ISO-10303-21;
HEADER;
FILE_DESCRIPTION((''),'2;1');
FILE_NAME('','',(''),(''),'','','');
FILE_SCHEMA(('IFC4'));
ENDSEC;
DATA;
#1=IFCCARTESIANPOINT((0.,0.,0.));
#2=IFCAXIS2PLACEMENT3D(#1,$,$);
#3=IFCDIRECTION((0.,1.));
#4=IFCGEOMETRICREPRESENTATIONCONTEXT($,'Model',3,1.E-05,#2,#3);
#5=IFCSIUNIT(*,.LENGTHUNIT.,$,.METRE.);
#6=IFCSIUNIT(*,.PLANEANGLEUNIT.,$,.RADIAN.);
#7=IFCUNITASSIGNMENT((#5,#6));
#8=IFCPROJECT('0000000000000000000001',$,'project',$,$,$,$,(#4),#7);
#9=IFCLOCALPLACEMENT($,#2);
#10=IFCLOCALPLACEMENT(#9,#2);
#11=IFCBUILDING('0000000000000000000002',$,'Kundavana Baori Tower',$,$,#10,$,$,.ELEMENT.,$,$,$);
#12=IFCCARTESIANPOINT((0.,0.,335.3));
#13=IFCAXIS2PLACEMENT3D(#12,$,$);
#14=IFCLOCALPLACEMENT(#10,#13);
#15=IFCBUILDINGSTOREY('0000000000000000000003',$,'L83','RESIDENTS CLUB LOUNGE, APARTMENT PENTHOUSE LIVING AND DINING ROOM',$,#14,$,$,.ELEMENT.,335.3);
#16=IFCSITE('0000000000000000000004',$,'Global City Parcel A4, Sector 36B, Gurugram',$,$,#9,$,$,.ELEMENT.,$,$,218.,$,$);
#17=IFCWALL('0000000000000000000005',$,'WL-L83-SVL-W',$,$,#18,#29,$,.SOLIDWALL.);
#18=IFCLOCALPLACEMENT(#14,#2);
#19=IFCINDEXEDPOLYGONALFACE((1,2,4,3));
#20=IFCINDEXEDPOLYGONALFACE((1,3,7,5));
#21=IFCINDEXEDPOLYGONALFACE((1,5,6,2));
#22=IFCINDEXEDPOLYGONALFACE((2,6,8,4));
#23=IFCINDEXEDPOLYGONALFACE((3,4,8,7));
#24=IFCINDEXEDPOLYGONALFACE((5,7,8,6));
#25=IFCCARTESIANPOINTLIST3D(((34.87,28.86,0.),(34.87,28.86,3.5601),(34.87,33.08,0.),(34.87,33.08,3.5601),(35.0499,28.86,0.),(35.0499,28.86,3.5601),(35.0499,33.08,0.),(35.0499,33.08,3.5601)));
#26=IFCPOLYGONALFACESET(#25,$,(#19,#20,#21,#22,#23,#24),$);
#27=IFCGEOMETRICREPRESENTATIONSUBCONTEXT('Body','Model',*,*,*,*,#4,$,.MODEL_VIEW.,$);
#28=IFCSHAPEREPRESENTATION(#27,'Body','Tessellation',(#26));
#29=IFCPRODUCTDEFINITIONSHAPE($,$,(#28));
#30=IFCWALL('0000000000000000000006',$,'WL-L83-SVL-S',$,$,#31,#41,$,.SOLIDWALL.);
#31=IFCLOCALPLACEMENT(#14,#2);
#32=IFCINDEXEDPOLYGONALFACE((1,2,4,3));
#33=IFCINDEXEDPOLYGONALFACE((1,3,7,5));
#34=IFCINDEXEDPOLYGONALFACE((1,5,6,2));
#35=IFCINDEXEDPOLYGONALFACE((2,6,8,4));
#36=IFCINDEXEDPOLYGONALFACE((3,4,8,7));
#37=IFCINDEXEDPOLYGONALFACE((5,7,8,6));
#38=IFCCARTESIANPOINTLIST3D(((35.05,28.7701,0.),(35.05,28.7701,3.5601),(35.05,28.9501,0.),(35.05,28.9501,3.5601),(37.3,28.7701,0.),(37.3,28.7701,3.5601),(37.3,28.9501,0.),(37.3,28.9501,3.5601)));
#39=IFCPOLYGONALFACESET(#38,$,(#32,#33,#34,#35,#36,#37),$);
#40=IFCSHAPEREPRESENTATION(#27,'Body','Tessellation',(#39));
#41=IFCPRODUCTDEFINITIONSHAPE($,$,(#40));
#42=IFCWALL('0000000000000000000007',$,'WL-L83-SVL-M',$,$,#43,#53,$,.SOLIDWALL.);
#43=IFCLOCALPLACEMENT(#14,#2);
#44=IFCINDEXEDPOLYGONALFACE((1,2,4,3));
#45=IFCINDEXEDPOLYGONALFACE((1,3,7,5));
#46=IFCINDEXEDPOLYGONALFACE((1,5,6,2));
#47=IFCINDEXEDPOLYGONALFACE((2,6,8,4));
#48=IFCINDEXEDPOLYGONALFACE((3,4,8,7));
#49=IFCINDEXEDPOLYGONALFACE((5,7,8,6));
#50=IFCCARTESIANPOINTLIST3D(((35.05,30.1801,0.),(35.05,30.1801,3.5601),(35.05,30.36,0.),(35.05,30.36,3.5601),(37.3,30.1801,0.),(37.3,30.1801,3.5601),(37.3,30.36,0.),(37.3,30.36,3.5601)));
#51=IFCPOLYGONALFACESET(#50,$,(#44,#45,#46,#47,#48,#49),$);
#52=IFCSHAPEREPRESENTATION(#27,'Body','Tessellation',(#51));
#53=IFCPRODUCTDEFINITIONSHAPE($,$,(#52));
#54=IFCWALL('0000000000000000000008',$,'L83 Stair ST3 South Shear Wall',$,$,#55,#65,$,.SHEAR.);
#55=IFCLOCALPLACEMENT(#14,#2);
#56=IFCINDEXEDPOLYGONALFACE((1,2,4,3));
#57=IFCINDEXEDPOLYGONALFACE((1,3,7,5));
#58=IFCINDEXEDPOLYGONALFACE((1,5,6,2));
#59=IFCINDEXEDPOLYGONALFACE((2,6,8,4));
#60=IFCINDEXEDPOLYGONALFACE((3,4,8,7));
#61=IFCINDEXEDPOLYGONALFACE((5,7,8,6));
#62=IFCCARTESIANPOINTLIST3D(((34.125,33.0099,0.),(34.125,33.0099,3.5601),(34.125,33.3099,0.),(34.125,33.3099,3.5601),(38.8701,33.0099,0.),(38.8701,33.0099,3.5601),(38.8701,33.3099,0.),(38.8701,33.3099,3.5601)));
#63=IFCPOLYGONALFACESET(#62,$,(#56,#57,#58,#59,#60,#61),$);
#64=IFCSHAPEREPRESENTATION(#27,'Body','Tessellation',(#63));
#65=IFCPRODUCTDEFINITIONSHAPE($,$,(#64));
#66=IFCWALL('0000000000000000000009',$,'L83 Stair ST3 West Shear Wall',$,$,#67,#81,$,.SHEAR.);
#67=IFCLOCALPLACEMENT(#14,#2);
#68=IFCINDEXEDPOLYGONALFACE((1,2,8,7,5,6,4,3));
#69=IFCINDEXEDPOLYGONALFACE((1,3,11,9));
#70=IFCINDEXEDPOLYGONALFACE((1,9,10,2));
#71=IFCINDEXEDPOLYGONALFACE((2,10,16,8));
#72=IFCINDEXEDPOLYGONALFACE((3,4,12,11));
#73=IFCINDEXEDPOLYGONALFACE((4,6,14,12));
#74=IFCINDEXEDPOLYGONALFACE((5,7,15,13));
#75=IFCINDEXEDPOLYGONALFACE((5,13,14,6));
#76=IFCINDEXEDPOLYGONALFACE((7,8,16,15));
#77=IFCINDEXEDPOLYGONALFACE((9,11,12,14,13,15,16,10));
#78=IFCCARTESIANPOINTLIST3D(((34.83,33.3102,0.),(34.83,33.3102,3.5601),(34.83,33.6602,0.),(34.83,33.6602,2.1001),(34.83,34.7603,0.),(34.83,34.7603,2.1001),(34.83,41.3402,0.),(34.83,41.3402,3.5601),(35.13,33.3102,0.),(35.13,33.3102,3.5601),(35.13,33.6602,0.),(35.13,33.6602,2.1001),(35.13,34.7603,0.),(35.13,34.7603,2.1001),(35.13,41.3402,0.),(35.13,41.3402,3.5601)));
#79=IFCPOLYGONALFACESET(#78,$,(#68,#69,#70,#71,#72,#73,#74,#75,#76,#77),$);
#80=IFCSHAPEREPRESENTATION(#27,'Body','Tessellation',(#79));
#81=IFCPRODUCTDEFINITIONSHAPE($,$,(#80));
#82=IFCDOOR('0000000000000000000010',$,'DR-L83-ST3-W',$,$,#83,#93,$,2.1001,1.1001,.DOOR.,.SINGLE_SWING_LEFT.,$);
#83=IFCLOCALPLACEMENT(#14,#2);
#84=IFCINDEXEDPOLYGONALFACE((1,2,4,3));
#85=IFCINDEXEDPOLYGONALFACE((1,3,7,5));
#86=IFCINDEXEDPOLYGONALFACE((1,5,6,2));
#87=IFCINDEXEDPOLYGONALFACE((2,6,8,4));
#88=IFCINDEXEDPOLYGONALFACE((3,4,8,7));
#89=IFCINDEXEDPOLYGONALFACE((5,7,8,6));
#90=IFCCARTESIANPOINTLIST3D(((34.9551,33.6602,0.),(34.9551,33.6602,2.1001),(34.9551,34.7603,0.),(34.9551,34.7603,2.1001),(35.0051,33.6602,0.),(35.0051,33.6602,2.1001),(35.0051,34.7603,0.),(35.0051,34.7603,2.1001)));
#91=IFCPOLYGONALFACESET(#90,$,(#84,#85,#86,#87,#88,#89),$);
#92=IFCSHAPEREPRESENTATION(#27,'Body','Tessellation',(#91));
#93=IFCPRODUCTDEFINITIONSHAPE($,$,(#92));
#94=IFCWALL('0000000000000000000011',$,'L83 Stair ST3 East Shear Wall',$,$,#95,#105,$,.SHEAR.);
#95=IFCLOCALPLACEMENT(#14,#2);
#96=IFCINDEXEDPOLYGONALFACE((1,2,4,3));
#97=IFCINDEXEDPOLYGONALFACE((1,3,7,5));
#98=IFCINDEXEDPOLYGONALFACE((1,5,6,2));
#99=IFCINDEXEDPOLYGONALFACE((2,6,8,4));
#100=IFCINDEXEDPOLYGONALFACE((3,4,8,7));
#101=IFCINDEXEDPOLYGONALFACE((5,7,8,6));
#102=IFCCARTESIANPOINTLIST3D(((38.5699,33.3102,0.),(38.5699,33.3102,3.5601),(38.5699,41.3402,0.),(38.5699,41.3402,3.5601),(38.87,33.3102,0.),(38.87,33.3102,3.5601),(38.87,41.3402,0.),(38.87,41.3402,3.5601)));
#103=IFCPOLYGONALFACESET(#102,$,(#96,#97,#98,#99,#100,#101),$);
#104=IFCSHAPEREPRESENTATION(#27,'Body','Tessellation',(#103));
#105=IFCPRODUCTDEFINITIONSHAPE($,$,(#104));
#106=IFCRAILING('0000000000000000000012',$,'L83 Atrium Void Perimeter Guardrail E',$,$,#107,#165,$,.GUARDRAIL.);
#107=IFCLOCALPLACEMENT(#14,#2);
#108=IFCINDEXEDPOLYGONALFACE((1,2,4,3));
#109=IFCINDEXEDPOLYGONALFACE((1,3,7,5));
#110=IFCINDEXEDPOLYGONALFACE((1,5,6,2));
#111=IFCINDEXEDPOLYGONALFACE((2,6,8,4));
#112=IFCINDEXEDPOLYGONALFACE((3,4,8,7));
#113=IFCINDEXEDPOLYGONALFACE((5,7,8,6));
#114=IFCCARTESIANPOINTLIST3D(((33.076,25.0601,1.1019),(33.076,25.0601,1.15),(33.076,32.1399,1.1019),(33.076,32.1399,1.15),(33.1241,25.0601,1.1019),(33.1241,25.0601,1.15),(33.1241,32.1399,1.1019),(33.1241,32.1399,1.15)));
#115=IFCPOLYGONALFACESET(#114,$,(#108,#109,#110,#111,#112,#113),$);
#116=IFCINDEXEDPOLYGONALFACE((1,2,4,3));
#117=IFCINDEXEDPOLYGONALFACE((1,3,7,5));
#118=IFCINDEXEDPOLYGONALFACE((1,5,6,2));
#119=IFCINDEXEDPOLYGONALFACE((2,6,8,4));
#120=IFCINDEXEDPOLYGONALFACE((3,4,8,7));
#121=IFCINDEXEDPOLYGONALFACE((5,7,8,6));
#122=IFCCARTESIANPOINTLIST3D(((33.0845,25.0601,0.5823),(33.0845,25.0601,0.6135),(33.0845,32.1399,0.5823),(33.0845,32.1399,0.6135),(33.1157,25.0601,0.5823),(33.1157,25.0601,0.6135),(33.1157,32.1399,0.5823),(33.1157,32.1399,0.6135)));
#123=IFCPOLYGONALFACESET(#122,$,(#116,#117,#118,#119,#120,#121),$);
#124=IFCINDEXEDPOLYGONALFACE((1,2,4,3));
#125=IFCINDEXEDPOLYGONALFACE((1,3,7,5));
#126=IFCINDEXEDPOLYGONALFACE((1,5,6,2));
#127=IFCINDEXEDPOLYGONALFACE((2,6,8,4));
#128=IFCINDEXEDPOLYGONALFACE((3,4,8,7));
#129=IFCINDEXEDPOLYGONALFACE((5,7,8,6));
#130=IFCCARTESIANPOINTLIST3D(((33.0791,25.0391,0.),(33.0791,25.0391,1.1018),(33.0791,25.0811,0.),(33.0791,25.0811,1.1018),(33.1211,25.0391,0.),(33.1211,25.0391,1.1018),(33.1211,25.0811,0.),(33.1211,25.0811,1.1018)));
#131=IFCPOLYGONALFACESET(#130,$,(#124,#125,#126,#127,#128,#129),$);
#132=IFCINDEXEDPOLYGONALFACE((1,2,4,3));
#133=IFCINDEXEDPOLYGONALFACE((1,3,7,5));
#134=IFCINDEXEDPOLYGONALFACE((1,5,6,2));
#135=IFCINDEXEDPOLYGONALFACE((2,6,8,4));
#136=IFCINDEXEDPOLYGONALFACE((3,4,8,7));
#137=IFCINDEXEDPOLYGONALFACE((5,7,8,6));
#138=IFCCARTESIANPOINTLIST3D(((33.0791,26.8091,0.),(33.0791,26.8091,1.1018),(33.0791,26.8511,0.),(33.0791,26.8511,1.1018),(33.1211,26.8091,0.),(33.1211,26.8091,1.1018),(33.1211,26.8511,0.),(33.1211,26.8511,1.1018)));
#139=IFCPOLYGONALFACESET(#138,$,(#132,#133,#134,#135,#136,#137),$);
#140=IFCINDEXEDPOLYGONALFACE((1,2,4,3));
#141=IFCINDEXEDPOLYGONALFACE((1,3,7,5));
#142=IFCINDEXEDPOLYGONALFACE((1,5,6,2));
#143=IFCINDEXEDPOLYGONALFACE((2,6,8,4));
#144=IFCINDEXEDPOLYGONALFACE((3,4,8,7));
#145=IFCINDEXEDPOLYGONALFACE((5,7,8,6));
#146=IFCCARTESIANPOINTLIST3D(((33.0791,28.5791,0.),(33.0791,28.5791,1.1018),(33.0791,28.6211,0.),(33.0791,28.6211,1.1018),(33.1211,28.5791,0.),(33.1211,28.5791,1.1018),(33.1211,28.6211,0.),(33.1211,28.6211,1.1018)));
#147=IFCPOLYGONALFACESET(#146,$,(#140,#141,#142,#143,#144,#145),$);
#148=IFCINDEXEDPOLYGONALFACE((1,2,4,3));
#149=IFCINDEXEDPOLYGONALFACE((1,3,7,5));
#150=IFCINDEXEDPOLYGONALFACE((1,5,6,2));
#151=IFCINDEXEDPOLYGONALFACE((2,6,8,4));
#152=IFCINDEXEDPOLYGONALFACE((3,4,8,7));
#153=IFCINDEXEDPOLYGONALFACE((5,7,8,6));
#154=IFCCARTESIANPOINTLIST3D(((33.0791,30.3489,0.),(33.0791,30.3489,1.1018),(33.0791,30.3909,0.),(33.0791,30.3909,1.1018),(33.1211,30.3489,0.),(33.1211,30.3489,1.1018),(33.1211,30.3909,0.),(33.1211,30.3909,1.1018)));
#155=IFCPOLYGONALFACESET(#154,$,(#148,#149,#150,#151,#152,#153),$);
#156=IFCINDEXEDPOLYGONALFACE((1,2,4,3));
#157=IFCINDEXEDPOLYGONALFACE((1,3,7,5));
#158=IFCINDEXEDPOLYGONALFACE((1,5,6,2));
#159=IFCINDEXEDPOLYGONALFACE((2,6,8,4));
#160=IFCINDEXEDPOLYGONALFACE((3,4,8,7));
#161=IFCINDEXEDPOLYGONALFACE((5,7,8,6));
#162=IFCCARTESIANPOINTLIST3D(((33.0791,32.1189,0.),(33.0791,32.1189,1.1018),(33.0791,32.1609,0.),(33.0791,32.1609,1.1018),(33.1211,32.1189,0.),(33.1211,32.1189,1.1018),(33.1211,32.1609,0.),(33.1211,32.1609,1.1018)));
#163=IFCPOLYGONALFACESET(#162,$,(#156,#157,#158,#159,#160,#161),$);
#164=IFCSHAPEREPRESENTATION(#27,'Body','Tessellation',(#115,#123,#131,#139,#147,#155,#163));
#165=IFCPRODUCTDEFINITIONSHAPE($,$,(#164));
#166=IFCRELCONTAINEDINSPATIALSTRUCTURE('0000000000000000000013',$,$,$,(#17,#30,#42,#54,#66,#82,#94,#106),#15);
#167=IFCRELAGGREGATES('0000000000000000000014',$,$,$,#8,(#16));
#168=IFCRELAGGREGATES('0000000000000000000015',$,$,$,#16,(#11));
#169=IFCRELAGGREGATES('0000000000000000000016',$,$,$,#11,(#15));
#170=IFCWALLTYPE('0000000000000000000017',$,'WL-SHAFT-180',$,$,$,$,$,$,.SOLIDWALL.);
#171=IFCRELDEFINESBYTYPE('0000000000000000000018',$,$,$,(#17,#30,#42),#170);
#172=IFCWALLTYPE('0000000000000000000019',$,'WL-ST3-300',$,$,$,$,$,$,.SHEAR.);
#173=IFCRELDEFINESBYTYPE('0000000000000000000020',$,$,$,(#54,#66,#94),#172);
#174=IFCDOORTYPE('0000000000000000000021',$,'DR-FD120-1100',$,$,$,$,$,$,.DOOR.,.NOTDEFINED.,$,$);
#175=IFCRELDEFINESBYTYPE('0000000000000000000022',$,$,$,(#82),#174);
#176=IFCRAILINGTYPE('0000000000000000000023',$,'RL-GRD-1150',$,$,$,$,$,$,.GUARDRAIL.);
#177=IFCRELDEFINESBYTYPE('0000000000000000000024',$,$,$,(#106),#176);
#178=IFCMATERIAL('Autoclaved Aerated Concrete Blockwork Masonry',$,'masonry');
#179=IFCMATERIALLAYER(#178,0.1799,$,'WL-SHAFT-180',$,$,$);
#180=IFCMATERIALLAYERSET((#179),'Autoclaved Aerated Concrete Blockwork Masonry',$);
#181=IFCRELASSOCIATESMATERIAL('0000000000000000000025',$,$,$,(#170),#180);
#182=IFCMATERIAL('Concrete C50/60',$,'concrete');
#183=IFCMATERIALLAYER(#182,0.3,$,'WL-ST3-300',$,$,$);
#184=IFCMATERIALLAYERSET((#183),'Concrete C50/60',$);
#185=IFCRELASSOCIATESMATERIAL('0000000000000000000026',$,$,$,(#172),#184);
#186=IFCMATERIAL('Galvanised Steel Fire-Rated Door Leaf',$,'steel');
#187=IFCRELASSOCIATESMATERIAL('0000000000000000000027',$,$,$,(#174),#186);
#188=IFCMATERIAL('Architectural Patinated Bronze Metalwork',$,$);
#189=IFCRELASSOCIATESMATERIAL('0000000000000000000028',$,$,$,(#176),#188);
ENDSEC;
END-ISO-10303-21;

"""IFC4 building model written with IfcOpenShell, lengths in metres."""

from ifc_helpers import new_model, si_unit, direction, frame, frame_2d, origin, origin_2d, place, context, subcontext, project, spatial, rectangle, extrude, material, layer, layer_set, type_object, element, fill, save


model = new_model("IFC4")

# Units and contexts
model_context = context("Model", 3, precision=1e-05, world=origin(), true_north=direction((0.0, 1.0)))
body_context = subcontext(model_context, "Body", "Model", "MODEL_VIEW")
ifc_project = project(units=[si_unit("LENGTHUNIT", "METRE"), si_unit("PLANEANGLEUNIT", "RADIAN")], contexts=[model_context])

# Site, building, storey
site_placement = place(None, origin())
site = spatial("IfcSite", under=ifc_project, at=site_placement, Name="Global City Parcel A4, Sector 36B, Gurugram", CompositionType="ELEMENT", RefElevation=218.0)
building_placement = place(site_placement, origin())
building = spatial("IfcBuilding", under=site, at=building_placement, Name="Kundavana Baori Tower", CompositionType="ELEMENT")
storey_placement = place(building_placement, frame((0.0, 0.0, 335.3)))
storey = spatial("IfcBuildingStorey", under=building, at=storey_placement, Name="L83", Description="RESIDENTS CLUB LOUNGE, APARTMENT PENTHOUSE LIVING AND DINING ROOM", CompositionType="ELEMENT", Elevation=335.3)

# Wall
ifc_material_1 = material(Name="Autoclaved Aerated Concrete Blockwork Masonry", Category="masonry")
ifc_layer_1 = layer(ifc_material_1, 0.1799, Name="WL-SHAFT-180")
ifc_layer_set_1 = layer_set([ifc_layer_1], Name="Autoclaved Aerated Concrete Blockwork Masonry")
wall_type_1 = type_object("IfcWallType", Name="WL-SHAFT-180", PredefinedType="SOLIDWALL", material=ifc_layer_set_1)
wall_1_placement = place(storey_placement, frame((34.96, 28.8601, 0.0), z_axis=(0.0, 0.0, 1.0), x_axis=(0.0, 1.0, 0.0)))
element("IfcWall", 1, at=wall_1_placement, inside=storey, type_object=wall_type_1, Name="WL-L83-SVL-W", PredefinedType="SOLIDWALL", context=body_context, shape_type="SweptSolid", body=[
    extrude(rectangle(XDim=4.22, YDim=0.1799, at=frame_2d((2.1099, 0.0))), origin(), (0.0, 0.0, 1.0), 3.5601),
])

# Walls
for number, where, z_axis, x_axis, name in (
    (2, (35.05, 28.8601, 0.0), (0.0, 0.0, 1.0), (1.0, 0.0, 0.0), "WL-L83-SVL-S"),
    (3, (35.05, 30.27, 0.0), (0.0, 0.0, 1.0), (1.0, 0.0, 0.0), "WL-L83-SVL-M"),
):
    element("IfcWall", number, at=place(storey_placement, frame(where, z_axis=z_axis, x_axis=x_axis)), inside=storey, type_object=wall_type_1, Name=name, PredefinedType="SOLIDWALL", context=body_context, shape_type="SweptSolid", body=[
        extrude(rectangle(XDim=2.25, YDim=0.1799, at=frame_2d((1.125, 0.0))), origin(), (0.0, 0.0, 1.0), 3.5601),
    ])
ifc_material_2 = material(Name="Concrete C50/60", Category="concrete")
ifc_layer_2 = layer(ifc_material_2, 0.3, Name="WL-ST3-300")
ifc_layer_set_2 = layer_set([ifc_layer_2], Name="Concrete C50/60")
wall_type_2 = type_object("IfcWallType", Name="WL-ST3-300", PredefinedType="SHEAR", material=ifc_layer_set_2)
wall_2_placement = place(storey_placement, frame((34.125, 33.1599, 0.0), z_axis=(0.0, 0.0, 1.0), x_axis=(1.0, 0.0, 0.0)))
element("IfcWall", 4, at=wall_2_placement, inside=storey, type_object=wall_type_2, Name="L83 Stair ST3 South Shear Wall", PredefinedType="SHEAR", context=body_context, shape_type="SweptSolid", body=[
    extrude(rectangle(XDim=4.7451, YDim=0.3, at=frame_2d((2.3726, 0.0))), origin(), (0.0, 0.0, 1.0), 3.5601),
])

# Wall, opening, door
wall_3_placement = place(storey_placement, frame((34.98, 33.3101, 0.0), z_axis=(0.0, 0.0, 1.0), x_axis=(0.0, 1.0, 0.0)))
wall_3 = element("IfcWall", 5, at=wall_3_placement, inside=storey, type_object=wall_type_2, Name="L83 Stair ST3 West Shear Wall", PredefinedType="SHEAR", context=body_context, shape_type="SweptSolid", body=[
    extrude(rectangle(XDim=8.03, YDim=0.3, at=frame_2d((4.0151, 0.0))), origin(), (0.0, 0.0, 1.0), 3.5601),
])
opening_1_placement = place(wall_3_placement, frame((0.3501, 0.0, 0.0)))
opening_1 = element("IfcOpeningElement", 6, at=opening_1_placement, cuts=wall_3, PredefinedType="OPENING", context=body_context, shape_type="SweptSolid", body=[
    extrude(rectangle(XDim=1.1001, YDim=2.1001, at=frame_2d((0.55, 1.05))), frame((0.0, 0.1602, 0.0), z_axis=(0.0, -1.0, 0.0), x_axis=(1.0, 0.0, 0.0)), (0.0, 0.0, 1.0), 0.3201),
])
ifc_material_3 = material(Name="Galvanised Steel Fire-Rated Door Leaf", Category="steel")
door_type_1 = type_object("IfcDoorType", Name="DR-FD120-1100", OperationType="NOTDEFINED", PredefinedType="DOOR", material=ifc_material_3)
door_1_placement = place(opening_1_placement, origin())
door_1 = element("IfcDoor", 7, at=door_1_placement, inside=storey, type_object=door_type_1, Name="DR-L83-ST3-W", OperationType="SINGLE_SWING_LEFT", OverallHeight=2.1001, OverallWidth=1.1001, PredefinedType="DOOR", context=body_context, shape_type="SweptSolid", body=[
    extrude(rectangle(XDim=1.1001, YDim=2.1001, at=frame_2d((0.55, 1.05))), frame((0.0, 0.0249, 0.0), z_axis=(0.0, -1.0, 0.0), x_axis=(1.0, 0.0, 0.0)), (0.0, 0.0, 1.0), 0.05),
])
fill(opening_1, door_1)

# Wall
wall_4_placement = place(storey_placement, frame((38.72, 33.3101, 0.0), z_axis=(0.0, 0.0, 1.0), x_axis=(0.0, 1.0, 0.0)))
element("IfcWall", 8, at=wall_4_placement, inside=storey, type_object=wall_type_2, Name="L83 Stair ST3 East Shear Wall", PredefinedType="SHEAR", context=body_context, shape_type="SweptSolid", body=[
    extrude(rectangle(XDim=8.03, YDim=0.3, at=frame_2d((4.0151, 0.0))), origin(), (0.0, 0.0, 1.0), 3.5601),
])

# Railing
ifc_material_4 = material(Name="Architectural Patinated Bronze Metalwork")
railing_type = type_object("IfcRailingType", Name="RL-GRD-1150", PredefinedType="GUARDRAIL", material=ifc_material_4)
railing_1_placement = place(storey_placement, frame((33.1001, 25.0601, 0.0)))
element("IfcRailing", 9, at=railing_1_placement, inside=storey, type_object=railing_type, Name="L83 Atrium Void Perimeter Guardrail E", PredefinedType="GUARDRAIL", context=body_context, shape_type="SweptSolid", body=[
    extrude(rectangle(XDim=0.0481, YDim=0.0481, at=origin_2d()), frame((0.0, 0.0, 1.126), z_axis=(0.0, 1.0, 0.0), x_axis=(-1.0, 0.0, 0.0)), (0.0, 0.0, 1.0), 7.0798),
    extrude(rectangle(XDim=0.0312, YDim=0.0312, at=origin_2d()), frame((0.0, 0.0, 0.5979), z_axis=(0.0, 1.0, 0.0), x_axis=(-1.0, 0.0, 0.0)), (0.0, 0.0, 1.0), 7.0798),
    extrude(rectangle(XDim=0.042, YDim=0.042, at=origin_2d()), origin(), (0.0, 0.0, 1.0), 1.1018),
    extrude(rectangle(XDim=0.042, YDim=0.042, at=origin_2d()), frame((0.0, 1.77, 0.0)), (0.0, 0.0, 1.0), 1.1018),
    extrude(rectangle(XDim=0.042, YDim=0.042, at=origin_2d()), frame((0.0, 3.54, 0.0)), (0.0, 0.0, 1.0), 1.1018),
    extrude(rectangle(XDim=0.042, YDim=0.042, at=origin_2d()), frame((0.0, 5.3098, 0.0)), (0.0, 0.0, 1.0), 1.1018),
    extrude(rectangle(XDim=0.042, YDim=0.042, at=origin_2d()), frame((0.0, 7.0798, 0.0)), (0.0, 0.0, 1.0), 1.1018),
])

save(model, "model.ifc")
